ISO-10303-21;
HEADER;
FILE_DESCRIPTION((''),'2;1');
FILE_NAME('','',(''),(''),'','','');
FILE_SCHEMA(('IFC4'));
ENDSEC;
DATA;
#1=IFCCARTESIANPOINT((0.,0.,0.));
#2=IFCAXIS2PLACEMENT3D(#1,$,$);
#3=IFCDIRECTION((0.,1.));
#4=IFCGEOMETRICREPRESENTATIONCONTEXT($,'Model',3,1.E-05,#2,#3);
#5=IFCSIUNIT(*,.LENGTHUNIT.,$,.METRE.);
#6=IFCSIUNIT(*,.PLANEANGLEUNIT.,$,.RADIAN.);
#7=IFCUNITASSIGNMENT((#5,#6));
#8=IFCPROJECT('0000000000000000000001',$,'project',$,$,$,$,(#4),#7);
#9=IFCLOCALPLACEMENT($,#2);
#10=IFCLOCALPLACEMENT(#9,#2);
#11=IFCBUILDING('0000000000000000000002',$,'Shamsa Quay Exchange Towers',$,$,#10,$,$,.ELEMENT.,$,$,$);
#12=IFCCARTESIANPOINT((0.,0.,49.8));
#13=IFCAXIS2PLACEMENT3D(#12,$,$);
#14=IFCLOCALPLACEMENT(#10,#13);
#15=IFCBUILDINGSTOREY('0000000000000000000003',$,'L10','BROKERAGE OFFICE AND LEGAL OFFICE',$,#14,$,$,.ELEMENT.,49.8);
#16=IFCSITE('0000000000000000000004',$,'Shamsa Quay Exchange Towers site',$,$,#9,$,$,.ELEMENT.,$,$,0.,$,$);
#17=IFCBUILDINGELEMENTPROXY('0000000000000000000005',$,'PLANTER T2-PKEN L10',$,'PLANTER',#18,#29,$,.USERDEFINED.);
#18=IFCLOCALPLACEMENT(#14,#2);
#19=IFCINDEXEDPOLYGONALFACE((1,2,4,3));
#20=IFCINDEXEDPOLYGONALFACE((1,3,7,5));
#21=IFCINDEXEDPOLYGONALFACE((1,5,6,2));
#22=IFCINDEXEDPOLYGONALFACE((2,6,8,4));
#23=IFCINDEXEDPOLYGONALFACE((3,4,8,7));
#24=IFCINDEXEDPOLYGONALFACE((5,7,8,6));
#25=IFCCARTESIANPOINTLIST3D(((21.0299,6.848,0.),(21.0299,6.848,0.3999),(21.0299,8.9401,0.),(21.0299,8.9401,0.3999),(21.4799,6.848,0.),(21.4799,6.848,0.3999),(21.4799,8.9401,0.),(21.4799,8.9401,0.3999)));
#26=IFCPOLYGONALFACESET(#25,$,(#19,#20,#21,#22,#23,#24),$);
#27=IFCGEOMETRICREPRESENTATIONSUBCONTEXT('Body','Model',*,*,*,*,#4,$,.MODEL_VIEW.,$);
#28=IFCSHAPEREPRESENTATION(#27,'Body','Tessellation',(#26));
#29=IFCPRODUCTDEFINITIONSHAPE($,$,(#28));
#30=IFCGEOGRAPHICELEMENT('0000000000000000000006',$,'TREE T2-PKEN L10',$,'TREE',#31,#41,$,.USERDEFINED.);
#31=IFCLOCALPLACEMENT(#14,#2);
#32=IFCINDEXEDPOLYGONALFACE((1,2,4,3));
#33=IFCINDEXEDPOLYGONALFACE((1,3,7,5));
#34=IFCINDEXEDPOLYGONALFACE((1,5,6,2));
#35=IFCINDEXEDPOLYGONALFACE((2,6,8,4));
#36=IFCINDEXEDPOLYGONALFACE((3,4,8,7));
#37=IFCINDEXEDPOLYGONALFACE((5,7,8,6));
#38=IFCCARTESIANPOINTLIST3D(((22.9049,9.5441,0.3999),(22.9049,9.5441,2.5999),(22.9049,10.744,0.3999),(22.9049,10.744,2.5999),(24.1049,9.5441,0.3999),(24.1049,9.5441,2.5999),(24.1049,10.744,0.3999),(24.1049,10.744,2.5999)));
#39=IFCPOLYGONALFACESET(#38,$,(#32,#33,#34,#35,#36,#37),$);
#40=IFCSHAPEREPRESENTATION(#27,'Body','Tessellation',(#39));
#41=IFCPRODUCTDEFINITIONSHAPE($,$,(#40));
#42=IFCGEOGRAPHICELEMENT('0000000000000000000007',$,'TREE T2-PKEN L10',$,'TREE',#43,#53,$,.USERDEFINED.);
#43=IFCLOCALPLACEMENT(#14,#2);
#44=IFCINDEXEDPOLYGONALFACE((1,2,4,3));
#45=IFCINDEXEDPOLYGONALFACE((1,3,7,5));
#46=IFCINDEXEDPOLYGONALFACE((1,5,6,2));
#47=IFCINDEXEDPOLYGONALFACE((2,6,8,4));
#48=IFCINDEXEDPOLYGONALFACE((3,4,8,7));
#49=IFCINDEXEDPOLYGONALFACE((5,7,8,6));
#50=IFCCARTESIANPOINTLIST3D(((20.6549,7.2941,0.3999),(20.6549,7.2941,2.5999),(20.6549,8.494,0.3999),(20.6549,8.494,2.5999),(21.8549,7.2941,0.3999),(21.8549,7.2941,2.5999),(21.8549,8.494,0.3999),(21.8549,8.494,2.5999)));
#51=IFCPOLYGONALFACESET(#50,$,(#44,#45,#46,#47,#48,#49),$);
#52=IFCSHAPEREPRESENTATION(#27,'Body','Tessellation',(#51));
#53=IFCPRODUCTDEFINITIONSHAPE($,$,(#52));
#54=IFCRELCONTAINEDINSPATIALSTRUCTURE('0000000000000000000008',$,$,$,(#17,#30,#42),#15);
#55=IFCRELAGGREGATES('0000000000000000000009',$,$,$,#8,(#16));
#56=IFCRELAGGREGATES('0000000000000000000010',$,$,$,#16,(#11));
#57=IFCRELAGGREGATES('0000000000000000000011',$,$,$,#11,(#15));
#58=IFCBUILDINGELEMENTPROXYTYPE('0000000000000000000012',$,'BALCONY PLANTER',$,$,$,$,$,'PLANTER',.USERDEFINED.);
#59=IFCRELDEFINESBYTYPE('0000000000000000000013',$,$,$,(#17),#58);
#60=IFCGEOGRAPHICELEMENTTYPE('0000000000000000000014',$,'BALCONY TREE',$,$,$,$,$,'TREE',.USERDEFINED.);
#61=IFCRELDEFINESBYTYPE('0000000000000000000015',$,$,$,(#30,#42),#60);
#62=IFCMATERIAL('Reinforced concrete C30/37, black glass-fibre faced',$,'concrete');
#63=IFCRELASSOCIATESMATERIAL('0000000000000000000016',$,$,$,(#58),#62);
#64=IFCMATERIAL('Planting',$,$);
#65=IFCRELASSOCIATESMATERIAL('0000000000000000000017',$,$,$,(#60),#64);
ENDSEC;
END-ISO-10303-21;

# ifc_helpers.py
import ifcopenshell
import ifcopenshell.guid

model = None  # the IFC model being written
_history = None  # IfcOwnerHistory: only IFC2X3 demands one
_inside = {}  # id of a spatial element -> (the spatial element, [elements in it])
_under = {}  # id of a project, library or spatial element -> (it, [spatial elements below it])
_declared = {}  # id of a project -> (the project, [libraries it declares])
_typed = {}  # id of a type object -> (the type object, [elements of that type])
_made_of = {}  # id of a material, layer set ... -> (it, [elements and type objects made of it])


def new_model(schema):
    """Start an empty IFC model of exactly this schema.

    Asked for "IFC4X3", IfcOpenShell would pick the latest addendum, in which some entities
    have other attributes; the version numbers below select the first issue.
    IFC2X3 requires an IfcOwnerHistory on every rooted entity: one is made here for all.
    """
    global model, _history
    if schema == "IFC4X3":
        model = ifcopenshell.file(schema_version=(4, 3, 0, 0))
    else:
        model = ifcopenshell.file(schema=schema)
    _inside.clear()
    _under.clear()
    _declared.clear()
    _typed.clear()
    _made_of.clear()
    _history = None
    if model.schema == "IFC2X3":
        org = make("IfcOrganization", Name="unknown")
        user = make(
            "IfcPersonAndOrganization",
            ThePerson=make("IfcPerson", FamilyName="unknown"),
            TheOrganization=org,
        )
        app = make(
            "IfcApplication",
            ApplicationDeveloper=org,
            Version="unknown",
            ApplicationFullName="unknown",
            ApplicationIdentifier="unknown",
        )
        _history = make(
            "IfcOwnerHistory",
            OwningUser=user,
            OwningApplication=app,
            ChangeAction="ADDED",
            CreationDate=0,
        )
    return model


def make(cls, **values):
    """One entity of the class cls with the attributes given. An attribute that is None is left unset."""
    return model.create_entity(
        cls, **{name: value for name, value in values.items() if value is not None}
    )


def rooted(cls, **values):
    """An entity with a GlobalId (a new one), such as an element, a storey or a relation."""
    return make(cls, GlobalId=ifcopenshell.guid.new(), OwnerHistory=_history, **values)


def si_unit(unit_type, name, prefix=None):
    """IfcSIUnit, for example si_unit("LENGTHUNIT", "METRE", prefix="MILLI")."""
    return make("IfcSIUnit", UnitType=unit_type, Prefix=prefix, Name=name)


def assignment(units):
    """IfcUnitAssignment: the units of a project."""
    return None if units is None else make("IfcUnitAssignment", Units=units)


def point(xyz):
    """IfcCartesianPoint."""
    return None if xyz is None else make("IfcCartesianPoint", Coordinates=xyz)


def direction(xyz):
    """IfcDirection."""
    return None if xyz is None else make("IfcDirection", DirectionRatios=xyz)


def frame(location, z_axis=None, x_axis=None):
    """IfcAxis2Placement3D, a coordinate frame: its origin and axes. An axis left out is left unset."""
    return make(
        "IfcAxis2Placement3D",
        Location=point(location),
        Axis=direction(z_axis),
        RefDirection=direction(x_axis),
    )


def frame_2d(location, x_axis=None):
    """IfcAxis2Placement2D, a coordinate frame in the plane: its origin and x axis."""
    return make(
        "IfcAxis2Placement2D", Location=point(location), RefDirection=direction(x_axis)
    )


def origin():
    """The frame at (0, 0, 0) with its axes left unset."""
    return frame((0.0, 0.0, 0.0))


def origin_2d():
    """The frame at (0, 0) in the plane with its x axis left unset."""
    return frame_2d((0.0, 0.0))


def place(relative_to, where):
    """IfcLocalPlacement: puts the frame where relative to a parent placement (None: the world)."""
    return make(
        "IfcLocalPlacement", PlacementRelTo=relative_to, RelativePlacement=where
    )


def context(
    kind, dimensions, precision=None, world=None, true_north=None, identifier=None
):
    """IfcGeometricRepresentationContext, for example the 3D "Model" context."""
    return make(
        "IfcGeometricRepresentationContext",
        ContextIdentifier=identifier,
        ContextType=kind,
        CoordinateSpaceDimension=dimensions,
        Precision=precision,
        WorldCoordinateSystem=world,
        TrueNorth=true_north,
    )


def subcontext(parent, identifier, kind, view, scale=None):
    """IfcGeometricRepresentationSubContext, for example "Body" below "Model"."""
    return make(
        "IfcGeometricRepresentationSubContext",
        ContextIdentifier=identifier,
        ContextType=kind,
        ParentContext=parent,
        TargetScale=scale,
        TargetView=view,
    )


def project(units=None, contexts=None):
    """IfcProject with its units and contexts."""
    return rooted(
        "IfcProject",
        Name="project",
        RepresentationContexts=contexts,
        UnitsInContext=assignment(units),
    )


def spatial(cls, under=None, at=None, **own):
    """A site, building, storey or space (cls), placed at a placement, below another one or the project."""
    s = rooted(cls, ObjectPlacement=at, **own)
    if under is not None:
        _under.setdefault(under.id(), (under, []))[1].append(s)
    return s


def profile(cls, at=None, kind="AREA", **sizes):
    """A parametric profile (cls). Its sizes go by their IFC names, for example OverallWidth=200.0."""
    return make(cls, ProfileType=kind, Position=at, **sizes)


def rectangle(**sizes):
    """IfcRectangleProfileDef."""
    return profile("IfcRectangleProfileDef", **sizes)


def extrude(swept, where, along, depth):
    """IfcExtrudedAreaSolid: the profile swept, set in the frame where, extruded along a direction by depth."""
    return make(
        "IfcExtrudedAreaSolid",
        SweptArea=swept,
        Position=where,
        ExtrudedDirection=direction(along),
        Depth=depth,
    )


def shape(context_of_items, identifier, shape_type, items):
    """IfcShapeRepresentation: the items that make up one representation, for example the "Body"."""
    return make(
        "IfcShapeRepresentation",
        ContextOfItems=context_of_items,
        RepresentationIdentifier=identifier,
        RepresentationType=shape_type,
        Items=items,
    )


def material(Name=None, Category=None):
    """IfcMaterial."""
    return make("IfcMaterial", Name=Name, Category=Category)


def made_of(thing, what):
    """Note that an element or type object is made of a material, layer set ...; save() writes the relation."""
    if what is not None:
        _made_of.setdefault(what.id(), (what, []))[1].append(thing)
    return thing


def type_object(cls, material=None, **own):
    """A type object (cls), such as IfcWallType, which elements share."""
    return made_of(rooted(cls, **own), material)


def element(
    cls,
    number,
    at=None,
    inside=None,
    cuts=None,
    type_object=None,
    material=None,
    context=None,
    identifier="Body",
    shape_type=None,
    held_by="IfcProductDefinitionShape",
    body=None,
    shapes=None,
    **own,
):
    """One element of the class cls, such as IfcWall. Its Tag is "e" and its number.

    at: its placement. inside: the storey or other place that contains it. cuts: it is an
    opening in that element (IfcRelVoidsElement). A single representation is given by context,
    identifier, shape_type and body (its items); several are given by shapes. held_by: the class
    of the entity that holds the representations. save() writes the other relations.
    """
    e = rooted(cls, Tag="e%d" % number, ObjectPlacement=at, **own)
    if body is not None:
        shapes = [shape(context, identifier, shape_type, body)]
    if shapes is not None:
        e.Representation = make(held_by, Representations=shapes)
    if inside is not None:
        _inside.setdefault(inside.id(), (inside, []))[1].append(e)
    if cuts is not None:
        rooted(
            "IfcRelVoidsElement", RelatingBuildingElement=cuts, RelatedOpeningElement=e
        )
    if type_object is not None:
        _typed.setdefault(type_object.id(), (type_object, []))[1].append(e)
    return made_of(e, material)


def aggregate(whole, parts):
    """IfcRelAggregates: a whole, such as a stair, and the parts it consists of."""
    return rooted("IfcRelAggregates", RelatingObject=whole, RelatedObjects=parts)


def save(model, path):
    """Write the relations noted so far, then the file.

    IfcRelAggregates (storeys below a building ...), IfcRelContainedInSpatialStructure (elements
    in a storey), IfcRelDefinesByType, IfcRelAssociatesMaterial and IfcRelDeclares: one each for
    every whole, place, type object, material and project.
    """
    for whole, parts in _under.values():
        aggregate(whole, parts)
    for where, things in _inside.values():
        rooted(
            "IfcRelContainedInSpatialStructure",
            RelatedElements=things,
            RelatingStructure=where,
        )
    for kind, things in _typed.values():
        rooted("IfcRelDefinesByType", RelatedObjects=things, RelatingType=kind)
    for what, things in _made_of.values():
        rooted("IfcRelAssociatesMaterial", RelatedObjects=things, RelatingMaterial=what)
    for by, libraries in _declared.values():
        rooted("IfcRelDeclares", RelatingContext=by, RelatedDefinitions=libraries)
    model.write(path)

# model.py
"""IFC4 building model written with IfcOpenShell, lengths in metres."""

from ifc_helpers import new_model, si_unit, direction, frame, origin, origin_2d, place, context, subcontext, project, spatial, rectangle, extrude, material, type_object, element, save


model = new_model("IFC4")

# Units and contexts
model_context = context("Model", 3, precision=1e-05, world=origin(), true_north=direction((0.0, 1.0)))
body_context = subcontext(model_context, "Body", "Model", "MODEL_VIEW")
ifc_project = project(units=[si_unit("LENGTHUNIT", "METRE"), si_unit("PLANEANGLEUNIT", "RADIAN")], contexts=[model_context])

# Site, building, storey
site_placement = place(None, origin())
site = spatial("IfcSite", under=ifc_project, at=site_placement, Name="Shamsa Quay Exchange Towers site", CompositionType="ELEMENT", RefElevation=0.0)
building_placement = place(site_placement, origin())
building = spatial("IfcBuilding", under=site, at=building_placement, Name="Shamsa Quay Exchange Towers", CompositionType="ELEMENT")
storey_placement = place(building_placement, frame((0.0, 0.0, 49.8)))
storey = spatial("IfcBuildingStorey", under=building, at=storey_placement, Name="L10", Description="BROKERAGE OFFICE AND LEGAL OFFICE", CompositionType="ELEMENT", Elevation=49.8)

# Building element proxy
ifc_material_1 = material(Name="Reinforced concrete C30/37, black glass-fibre faced", Category="concrete")
building_element_proxy_type = type_object("IfcBuildingElementProxyType", Name="BALCONY PLANTER", ElementType="PLANTER", PredefinedType="USERDEFINED", material=ifc_material_1)
for number, where, z_axis, x_axis, name in (
    (1, (21.2549, 7.894, 0.0), (0.0, 0.0, 1.0), (0.0, -1.0, 0.0), "PLANTER T2-PKEN L10"),
):
    element("IfcBuildingElementProxy", number, at=place(storey_placement, frame(where, z_axis=z_axis, x_axis=x_axis)), inside=storey, type_object=building_element_proxy_type, Name=name, ObjectType="PLANTER", PredefinedType="USERDEFINED", context=body_context, shape_type="SweptSolid", body=[
        extrude(rectangle(XDim=2.092, YDim=0.45, at=origin_2d()), origin(), (0.0, 0.0, 1.0), 0.3999),
    ])

# Geographic elements
ifc_material_2 = material(Name="Planting")
geographic_element_type = type_object("IfcGeographicElementType", Name="BALCONY TREE", ElementType="TREE", PredefinedType="USERDEFINED", material=ifc_material_2)
for number, where, z_axis, x_axis, name in (
    (2, (23.5049, 10.144, 0.3999), (0.0, 0.0, 1.0), (0.0, -1.0, 0.0), "TREE T2-PKEN L10"),
    (3, (21.2549, 7.894, 0.3999), (0.0, 0.0, 1.0), (0.0, -1.0, 0.0), "TREE T2-PKEN L10"),
):
    element("IfcGeographicElement", number, at=place(storey_placement, frame(where, z_axis=z_axis, x_axis=x_axis)), inside=storey, type_object=geographic_element_type, Name=name, ObjectType="TREE", PredefinedType="USERDEFINED", context=body_context, shape_type="SweptSolid", body=[
        extrude(rectangle(XDim=1.2, YDim=1.2, at=origin_2d()), origin(), (0.0, 0.0, 1.0), 2.2),
    ])

save(model, "model.ifc")
